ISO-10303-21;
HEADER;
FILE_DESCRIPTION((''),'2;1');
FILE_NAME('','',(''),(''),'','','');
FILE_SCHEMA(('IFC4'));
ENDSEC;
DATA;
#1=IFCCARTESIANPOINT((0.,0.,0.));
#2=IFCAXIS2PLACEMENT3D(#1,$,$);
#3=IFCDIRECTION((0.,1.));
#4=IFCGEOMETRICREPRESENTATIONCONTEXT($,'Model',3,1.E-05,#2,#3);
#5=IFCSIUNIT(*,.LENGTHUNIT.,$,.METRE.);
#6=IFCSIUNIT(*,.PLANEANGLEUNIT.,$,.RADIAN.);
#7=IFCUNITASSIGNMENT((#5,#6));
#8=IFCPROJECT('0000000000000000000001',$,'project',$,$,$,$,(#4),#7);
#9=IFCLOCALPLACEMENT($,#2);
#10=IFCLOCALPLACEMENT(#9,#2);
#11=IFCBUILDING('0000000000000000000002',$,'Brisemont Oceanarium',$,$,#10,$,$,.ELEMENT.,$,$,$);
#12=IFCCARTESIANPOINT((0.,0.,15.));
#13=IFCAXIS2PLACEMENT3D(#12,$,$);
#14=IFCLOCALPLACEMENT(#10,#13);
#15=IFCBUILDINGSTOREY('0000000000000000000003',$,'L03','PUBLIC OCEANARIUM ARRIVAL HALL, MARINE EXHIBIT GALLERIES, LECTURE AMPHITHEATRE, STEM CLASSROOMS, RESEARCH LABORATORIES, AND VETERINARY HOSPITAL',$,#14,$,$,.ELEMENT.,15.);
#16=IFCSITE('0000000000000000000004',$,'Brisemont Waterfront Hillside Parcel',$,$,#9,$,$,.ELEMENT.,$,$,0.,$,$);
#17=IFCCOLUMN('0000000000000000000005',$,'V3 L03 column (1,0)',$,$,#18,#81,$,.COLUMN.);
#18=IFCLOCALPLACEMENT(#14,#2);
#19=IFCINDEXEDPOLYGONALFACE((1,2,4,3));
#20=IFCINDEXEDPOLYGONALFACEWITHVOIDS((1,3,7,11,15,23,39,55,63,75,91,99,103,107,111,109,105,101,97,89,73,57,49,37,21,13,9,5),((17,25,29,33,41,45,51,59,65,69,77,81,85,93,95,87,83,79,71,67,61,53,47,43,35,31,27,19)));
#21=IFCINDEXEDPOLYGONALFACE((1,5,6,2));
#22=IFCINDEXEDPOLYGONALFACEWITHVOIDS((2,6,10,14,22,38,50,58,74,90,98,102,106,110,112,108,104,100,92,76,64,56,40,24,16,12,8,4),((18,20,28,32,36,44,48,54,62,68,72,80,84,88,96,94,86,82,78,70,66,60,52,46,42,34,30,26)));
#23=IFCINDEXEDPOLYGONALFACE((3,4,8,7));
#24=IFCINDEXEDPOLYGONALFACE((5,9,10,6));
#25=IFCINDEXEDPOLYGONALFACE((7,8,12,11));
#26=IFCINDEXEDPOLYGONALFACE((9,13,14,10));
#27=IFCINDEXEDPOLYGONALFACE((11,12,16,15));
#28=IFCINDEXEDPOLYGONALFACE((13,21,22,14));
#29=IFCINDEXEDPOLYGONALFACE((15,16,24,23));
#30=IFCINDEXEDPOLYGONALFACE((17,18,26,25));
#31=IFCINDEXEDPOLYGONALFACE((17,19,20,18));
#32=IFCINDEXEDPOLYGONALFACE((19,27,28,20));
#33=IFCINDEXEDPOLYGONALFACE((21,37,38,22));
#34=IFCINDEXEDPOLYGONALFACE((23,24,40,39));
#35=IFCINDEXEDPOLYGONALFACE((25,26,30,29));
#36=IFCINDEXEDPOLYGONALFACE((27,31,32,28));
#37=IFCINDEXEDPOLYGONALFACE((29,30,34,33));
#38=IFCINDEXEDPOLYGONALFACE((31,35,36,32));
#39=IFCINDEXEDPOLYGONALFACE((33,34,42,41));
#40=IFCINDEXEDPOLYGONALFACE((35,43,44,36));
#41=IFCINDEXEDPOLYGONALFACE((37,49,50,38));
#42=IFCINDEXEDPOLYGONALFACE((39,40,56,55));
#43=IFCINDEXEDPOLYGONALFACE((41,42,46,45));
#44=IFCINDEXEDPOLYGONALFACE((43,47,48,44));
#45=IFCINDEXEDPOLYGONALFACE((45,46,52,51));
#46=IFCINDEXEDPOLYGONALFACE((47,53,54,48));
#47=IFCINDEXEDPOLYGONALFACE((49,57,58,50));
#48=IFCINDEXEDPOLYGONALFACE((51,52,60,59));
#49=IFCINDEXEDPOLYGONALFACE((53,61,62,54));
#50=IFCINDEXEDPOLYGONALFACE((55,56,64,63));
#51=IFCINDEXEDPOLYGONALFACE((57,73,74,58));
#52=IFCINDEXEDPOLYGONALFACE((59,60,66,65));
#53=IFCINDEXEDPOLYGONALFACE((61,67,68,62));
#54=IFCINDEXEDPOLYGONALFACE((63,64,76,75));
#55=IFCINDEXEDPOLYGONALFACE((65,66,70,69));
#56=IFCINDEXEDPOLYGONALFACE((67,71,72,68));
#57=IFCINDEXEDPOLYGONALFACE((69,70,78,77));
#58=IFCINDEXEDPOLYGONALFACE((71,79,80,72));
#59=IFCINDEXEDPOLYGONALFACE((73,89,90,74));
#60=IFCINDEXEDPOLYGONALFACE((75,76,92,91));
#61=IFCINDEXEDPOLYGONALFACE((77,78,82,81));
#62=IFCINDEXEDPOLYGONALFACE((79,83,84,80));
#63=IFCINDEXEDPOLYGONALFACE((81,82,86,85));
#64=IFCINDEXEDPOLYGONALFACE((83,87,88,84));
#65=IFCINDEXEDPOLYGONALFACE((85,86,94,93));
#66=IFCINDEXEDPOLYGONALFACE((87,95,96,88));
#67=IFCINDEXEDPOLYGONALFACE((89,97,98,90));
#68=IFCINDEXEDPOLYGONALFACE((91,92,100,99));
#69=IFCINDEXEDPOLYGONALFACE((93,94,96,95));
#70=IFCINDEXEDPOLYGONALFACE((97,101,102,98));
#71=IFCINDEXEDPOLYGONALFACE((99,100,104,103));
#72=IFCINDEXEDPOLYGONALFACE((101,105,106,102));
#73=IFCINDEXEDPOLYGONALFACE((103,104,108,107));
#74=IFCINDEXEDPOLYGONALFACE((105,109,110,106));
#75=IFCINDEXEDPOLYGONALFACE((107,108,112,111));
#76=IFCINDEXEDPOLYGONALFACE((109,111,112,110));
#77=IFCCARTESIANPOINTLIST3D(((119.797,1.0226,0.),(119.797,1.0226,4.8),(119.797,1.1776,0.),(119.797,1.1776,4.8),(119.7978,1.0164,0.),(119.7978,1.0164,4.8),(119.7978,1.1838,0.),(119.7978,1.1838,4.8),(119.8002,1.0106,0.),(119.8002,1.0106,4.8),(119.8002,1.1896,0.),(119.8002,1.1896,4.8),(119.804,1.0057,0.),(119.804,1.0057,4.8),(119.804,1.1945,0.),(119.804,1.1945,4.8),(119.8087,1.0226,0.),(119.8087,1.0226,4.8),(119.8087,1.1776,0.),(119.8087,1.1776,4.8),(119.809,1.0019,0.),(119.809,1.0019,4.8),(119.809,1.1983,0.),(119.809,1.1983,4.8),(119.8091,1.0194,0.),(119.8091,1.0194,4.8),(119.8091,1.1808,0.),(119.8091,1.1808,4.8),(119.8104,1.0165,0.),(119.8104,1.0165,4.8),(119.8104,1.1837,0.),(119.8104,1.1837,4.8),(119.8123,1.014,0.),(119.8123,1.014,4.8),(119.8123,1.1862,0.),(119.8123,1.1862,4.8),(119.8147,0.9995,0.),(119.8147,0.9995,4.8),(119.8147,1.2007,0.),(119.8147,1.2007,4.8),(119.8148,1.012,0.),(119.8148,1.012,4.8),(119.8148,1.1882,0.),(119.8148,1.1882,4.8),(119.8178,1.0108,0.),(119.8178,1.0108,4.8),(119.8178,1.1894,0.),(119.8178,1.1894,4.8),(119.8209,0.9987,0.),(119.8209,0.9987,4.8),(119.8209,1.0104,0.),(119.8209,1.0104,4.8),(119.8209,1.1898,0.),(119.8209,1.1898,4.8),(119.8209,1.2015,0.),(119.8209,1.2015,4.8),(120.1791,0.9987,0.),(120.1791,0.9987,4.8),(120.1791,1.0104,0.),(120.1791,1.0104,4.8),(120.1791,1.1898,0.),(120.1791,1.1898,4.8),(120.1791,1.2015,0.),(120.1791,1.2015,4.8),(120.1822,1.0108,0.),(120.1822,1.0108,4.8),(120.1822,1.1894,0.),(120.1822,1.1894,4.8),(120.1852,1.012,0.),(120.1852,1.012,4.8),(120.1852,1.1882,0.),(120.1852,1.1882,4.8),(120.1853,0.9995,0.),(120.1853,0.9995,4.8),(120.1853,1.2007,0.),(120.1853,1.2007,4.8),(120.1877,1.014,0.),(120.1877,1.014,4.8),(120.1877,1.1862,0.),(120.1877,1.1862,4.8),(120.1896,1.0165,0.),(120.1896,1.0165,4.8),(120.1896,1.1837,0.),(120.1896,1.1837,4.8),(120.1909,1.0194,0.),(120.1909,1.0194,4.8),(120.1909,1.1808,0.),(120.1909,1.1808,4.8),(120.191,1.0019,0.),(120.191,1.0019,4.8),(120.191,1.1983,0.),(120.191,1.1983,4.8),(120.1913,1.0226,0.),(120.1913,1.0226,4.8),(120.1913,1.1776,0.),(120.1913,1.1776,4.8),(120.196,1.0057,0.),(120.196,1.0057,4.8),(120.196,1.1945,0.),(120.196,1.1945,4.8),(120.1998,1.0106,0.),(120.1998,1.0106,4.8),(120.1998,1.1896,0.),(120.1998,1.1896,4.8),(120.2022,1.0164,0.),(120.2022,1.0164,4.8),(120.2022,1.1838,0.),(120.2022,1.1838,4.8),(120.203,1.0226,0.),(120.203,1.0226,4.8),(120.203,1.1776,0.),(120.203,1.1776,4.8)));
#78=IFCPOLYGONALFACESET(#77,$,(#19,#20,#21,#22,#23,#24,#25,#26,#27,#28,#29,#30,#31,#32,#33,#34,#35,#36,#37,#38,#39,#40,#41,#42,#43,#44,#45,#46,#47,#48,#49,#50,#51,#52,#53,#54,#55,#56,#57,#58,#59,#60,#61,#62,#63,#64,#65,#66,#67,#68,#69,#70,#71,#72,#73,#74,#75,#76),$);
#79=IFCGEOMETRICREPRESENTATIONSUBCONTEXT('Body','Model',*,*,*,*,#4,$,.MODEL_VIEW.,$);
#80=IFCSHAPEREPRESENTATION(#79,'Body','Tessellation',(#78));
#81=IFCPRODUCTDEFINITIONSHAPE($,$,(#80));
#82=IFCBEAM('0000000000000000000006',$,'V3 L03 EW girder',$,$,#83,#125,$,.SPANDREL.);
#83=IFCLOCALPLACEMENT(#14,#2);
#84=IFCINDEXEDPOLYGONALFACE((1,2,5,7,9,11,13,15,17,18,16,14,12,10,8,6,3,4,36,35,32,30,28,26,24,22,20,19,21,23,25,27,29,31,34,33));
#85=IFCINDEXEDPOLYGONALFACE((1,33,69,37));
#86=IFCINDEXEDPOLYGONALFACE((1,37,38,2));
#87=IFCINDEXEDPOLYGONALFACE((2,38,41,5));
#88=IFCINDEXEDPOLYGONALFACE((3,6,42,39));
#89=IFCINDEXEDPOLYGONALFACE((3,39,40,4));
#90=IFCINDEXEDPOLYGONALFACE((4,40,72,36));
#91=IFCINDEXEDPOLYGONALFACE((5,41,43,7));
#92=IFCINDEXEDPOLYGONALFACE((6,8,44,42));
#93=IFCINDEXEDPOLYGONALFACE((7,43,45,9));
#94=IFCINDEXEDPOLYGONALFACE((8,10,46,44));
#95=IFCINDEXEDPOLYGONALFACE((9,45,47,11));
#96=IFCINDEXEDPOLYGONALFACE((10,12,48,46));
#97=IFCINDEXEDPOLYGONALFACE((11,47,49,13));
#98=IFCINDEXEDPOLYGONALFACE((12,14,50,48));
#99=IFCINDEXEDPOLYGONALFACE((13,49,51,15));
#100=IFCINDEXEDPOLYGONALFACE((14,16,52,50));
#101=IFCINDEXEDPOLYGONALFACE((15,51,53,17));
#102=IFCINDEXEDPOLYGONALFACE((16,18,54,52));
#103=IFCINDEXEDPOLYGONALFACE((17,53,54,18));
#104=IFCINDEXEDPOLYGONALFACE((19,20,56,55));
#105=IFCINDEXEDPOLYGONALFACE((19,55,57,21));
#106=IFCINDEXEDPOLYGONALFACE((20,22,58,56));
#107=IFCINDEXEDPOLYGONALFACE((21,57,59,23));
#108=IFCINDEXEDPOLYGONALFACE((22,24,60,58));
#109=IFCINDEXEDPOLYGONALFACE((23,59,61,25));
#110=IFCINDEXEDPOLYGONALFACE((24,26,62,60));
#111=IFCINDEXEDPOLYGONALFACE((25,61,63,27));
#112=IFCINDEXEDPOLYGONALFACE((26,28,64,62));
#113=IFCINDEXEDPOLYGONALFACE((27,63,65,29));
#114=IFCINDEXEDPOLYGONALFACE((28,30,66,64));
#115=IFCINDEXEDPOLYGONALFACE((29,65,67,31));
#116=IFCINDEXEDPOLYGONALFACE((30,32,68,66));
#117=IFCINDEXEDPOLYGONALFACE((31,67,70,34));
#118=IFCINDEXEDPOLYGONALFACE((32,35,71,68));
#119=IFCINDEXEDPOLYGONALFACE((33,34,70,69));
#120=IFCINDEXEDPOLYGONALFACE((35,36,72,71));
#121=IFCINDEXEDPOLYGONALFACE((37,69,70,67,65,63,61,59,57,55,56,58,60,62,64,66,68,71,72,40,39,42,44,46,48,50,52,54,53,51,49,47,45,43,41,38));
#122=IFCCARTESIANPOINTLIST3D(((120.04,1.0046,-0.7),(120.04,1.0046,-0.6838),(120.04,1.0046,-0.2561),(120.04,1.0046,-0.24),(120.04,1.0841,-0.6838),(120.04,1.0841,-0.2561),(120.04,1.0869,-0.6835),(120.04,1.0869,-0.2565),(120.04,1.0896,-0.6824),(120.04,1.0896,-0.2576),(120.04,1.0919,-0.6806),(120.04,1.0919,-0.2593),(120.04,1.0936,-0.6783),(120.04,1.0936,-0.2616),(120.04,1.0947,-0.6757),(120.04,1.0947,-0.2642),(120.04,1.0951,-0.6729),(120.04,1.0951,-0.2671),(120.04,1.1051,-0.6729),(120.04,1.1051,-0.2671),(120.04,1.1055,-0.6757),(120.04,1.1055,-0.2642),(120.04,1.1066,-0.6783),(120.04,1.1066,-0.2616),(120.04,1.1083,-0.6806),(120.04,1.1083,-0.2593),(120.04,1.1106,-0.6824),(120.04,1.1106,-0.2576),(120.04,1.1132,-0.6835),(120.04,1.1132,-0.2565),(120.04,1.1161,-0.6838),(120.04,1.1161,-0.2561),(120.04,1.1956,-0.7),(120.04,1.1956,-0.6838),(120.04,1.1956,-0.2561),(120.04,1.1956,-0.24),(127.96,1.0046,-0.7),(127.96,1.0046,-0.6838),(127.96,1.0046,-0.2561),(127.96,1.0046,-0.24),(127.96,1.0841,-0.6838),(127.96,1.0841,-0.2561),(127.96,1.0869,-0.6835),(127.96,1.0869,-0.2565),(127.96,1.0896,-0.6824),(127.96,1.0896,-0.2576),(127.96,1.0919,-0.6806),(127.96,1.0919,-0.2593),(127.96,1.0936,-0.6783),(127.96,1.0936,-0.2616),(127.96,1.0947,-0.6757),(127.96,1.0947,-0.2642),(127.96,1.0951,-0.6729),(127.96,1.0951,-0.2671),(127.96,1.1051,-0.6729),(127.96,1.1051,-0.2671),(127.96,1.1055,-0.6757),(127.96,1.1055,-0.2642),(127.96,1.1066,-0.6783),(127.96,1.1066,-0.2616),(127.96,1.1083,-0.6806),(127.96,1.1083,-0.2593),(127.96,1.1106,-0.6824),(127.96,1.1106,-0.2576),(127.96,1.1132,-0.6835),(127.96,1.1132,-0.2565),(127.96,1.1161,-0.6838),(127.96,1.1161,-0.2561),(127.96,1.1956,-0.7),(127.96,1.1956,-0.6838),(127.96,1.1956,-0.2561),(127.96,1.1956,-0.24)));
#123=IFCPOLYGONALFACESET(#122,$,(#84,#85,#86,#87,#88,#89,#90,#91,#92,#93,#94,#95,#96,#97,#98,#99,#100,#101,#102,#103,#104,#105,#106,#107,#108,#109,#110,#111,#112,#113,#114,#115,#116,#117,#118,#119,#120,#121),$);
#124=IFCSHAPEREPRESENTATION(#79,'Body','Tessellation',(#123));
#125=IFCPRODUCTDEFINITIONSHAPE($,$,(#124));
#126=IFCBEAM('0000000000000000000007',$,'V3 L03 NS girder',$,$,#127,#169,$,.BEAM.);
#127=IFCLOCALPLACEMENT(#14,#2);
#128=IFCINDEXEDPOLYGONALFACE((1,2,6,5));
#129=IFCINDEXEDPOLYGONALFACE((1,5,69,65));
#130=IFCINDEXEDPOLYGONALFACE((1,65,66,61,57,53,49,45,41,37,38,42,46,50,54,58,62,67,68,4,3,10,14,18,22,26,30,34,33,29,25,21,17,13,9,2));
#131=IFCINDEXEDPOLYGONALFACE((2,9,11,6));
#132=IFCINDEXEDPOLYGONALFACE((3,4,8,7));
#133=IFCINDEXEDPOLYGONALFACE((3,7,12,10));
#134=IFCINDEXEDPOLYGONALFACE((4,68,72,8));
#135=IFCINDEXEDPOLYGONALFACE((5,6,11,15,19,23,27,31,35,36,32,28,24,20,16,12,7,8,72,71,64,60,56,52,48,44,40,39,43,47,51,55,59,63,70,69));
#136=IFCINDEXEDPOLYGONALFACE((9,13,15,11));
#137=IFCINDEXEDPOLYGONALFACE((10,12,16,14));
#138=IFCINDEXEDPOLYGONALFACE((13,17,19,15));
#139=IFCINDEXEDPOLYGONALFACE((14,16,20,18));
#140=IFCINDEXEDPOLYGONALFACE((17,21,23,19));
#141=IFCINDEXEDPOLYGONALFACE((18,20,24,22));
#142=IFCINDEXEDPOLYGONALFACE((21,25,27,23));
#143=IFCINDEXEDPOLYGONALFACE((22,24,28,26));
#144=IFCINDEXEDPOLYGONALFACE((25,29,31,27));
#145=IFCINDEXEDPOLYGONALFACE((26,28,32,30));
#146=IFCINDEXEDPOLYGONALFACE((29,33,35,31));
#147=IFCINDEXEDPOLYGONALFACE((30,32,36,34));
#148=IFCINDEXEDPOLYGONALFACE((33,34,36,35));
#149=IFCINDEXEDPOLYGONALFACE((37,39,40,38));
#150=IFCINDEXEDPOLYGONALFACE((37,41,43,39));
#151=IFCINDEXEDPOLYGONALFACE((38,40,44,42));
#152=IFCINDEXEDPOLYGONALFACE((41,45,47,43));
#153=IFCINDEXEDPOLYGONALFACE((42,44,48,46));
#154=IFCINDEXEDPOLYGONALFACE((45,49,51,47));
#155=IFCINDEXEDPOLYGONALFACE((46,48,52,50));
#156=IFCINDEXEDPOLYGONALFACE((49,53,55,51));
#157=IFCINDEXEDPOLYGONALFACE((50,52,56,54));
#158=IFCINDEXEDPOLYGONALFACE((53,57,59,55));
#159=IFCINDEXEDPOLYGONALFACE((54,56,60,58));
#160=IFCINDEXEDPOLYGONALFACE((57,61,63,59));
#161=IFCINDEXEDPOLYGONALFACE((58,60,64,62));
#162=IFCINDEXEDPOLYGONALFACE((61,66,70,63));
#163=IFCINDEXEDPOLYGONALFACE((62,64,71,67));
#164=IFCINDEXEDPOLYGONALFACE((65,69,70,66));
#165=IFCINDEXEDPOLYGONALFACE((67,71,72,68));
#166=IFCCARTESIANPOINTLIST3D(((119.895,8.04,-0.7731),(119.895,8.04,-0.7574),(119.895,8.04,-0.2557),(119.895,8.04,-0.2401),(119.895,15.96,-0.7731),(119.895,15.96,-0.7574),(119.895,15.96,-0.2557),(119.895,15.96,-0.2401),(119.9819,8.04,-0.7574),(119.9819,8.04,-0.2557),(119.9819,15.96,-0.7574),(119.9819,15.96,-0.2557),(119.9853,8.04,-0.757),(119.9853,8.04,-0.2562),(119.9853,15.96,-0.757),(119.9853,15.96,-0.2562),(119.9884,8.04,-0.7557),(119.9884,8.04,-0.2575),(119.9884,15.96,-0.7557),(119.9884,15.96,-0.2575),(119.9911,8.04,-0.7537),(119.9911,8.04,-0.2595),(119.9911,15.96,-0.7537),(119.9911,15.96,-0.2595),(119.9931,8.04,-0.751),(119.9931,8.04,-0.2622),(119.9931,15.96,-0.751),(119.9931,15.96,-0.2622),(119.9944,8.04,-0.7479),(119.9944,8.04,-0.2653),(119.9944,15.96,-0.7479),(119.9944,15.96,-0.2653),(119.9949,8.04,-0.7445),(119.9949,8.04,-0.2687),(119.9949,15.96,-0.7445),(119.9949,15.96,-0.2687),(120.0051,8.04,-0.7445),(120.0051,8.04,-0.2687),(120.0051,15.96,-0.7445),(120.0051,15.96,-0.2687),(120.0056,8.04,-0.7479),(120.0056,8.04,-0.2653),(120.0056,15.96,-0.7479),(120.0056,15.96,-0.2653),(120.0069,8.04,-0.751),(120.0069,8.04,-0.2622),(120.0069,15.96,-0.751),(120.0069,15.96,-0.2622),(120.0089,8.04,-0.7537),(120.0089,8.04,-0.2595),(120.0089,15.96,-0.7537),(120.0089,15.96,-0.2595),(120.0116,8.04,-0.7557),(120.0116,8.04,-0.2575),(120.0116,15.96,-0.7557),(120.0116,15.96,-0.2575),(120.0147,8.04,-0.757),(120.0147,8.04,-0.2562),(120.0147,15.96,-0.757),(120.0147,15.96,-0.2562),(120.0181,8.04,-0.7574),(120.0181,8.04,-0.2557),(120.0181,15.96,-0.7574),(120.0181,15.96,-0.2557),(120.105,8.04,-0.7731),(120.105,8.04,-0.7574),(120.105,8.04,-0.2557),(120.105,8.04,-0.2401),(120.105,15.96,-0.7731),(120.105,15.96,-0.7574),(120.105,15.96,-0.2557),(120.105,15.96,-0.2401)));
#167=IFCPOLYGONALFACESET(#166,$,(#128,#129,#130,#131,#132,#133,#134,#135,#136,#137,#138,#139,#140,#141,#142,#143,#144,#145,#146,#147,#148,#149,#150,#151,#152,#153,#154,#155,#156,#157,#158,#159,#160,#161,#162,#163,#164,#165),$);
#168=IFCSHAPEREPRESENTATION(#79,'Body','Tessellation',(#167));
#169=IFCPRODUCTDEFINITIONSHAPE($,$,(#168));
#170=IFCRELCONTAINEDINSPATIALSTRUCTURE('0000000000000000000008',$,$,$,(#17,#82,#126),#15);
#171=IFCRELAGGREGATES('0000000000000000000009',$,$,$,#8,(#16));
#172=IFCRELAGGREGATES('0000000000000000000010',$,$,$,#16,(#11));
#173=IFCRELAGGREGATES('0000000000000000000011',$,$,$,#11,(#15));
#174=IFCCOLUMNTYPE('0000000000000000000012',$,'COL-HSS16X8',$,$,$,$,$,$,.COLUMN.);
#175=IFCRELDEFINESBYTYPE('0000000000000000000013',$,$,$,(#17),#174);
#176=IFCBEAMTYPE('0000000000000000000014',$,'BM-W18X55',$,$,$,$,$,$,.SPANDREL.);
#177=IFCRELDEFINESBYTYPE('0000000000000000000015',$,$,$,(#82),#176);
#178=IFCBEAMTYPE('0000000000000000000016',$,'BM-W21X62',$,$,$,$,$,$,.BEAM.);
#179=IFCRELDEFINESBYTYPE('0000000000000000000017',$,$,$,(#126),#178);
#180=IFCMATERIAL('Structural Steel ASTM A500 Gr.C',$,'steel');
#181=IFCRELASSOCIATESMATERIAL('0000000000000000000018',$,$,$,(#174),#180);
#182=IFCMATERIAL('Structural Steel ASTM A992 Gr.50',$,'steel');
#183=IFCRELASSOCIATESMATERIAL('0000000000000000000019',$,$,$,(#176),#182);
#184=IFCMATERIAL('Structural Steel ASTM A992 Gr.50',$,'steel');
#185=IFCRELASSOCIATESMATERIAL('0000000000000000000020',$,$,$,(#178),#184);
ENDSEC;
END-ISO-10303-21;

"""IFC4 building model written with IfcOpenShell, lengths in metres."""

from ifc_helpers import new_model, si_unit, direction, frame, origin, origin_2d, place, context, subcontext, project, spatial, hollow_rectangle, i_section, extrude, material, material_profile, profile_set, type_object, element, save


model = new_model("IFC4")

# Units and contexts
model_context = context("Model", 3, precision=1e-05, world=origin(), true_north=direction((0.0, 1.0)))
body_context = subcontext(model_context, "Body", "Model", "MODEL_VIEW")
ifc_project = project(units=[si_unit("LENGTHUNIT", "METRE"), si_unit("PLANEANGLEUNIT", "RADIAN")], contexts=[model_context])

# Site, building, storey
site_placement = place(None, origin())
site = spatial("IfcSite", under=ifc_project, at=site_placement, Name="Brisemont Waterfront Hillside Parcel", CompositionType="ELEMENT", RefElevation=0.0)
building_placement = place(site_placement, origin())
building = spatial("IfcBuilding", under=site, at=building_placement, Name="Brisemont Oceanarium", CompositionType="ELEMENT")
storey_placement = place(building_placement, frame((0.0, 0.0, 15.0)))
storey = spatial("IfcBuildingStorey", under=building, at=storey_placement, Name="L03", Description="PUBLIC OCEANARIUM ARRIVAL HALL, MARINE EXHIBIT GALLERIES, LECTURE AMPHITHEATRE, STEM CLASSROOMS, RESEARCH LABORATORIES, AND VETERINARY HOSPITAL", CompositionType="ELEMENT", Elevation=15.0)

# Column
ifc_material_1 = material(Name="Structural Steel ASTM A500 Gr.C", Category="steel")
ifc_material_profile_1 = material_profile(ifc_material_1, hollow_rectangle(XDim=0.2029, YDim=0.406, WallThickness=0.0117, InnerFilletRadius=0.0122, OuterFilletRadius=0.0239, at=origin_2d()), Name="HSS16X8X1/2")
ifc_profile_set_1 = profile_set([ifc_material_profile_1], Name="Structural Steel ASTM A500 Gr.C")
column_type_1 = type_object("IfcColumnType", Name="COL-HSS16X8", PredefinedType="COLUMN", material=ifc_profile_set_1)
column_1_placement = place(storey_placement, frame((120.0, 1.1001, 0.0), z_axis=(0.0, 0.0, 1.0), x_axis=(0.0, 1.0, 0.0)))
element("IfcColumn", 1, at=column_1_placement, inside=storey, type_object=column_type_1, Name="V3 L03 column (1,0)", PredefinedType="COLUMN", context=body_context, shape_type="SweptSolid", body=[
    extrude(hollow_rectangle(XDim=0.2029, YDim=0.406, WallThickness=0.0117, InnerFilletRadius=0.0122, OuterFilletRadius=0.0239, at=origin_2d()), origin(), (0.0, 0.0, 1.0), 4.8),
])

# Beams
ifc_material_2 = material(Name="Structural Steel ASTM A992 Gr.50", Category="steel")
ifc_material_profile_2 = material_profile(ifc_material_2, i_section(OverallWidth=0.1909, OverallDepth=0.46, WebThickness=0.01, FlangeThickness=0.0161, FilletRadius=0.011, at=origin_2d()), Name="W18X55")
ifc_profile_set_2 = profile_set([ifc_material_profile_2], Name="Structural Steel ASTM A992 Gr.50")
beam_type_1 = type_object("IfcBeamType", Name="BM-W18X55", PredefinedType="SPANDREL", material=ifc_profile_set_2)
beam_1_placement = place(storey_placement, frame((120.04, 1.1001, -0.47), z_axis=(1.0, 0.0, 0.0), x_axis=(0.0, 1.0, 0.0)))
element("IfcBeam", 2, at=beam_1_placement, inside=storey, type_object=beam_type_1, Name="V3 L03 EW girder", PredefinedType="SPANDREL", context=body_context, shape_type="SweptSolid", body=[
    extrude(i_section(OverallWidth=0.1909, OverallDepth=0.46, WebThickness=0.01, FlangeThickness=0.0161, FilletRadius=0.011, at=origin_2d()), origin(), (0.0, 0.0, 1.0), 7.9199),
])
ifc_material_3 = material(Name="Structural Steel ASTM A992 Gr.50", Category="steel")
ifc_material_profile_3 = material_profile(ifc_material_3, i_section(OverallWidth=0.21, OverallDepth=0.533, WebThickness=0.0103, FlangeThickness=0.0156, FilletRadius=0.0129, at=origin_2d()), Name="W21X62")
ifc_profile_set_3 = profile_set([ifc_material_profile_3], Name="Structural Steel ASTM A992 Gr.50")
beam_type_2 = type_object("IfcBeamType", Name="BM-W21X62", PredefinedType="BEAM", material=ifc_profile_set_3)
for number, where, z_axis, x_axis, name in (
    (3, (120.0, 8.04, -0.5066), (0.0, 1.0, 0.0), (-1.0, 0.0, 0.0), "V3 L03 NS girder"),
):
    element("IfcBeam", number, at=place(storey_placement, frame(where, z_axis=z_axis, x_axis=x_axis)), inside=storey, type_object=beam_type_2, Name=name, PredefinedType="BEAM", context=body_context, shape_type="SweptSolid", body=[
        extrude(i_section(OverallWidth=0.21, OverallDepth=0.533, WebThickness=0.0103, FlangeThickness=0.0156, FilletRadius=0.0129, at=origin_2d()), origin(), (0.0, 0.0, 1.0), 7.9199),
    ])

save(model, "model.ifc")
